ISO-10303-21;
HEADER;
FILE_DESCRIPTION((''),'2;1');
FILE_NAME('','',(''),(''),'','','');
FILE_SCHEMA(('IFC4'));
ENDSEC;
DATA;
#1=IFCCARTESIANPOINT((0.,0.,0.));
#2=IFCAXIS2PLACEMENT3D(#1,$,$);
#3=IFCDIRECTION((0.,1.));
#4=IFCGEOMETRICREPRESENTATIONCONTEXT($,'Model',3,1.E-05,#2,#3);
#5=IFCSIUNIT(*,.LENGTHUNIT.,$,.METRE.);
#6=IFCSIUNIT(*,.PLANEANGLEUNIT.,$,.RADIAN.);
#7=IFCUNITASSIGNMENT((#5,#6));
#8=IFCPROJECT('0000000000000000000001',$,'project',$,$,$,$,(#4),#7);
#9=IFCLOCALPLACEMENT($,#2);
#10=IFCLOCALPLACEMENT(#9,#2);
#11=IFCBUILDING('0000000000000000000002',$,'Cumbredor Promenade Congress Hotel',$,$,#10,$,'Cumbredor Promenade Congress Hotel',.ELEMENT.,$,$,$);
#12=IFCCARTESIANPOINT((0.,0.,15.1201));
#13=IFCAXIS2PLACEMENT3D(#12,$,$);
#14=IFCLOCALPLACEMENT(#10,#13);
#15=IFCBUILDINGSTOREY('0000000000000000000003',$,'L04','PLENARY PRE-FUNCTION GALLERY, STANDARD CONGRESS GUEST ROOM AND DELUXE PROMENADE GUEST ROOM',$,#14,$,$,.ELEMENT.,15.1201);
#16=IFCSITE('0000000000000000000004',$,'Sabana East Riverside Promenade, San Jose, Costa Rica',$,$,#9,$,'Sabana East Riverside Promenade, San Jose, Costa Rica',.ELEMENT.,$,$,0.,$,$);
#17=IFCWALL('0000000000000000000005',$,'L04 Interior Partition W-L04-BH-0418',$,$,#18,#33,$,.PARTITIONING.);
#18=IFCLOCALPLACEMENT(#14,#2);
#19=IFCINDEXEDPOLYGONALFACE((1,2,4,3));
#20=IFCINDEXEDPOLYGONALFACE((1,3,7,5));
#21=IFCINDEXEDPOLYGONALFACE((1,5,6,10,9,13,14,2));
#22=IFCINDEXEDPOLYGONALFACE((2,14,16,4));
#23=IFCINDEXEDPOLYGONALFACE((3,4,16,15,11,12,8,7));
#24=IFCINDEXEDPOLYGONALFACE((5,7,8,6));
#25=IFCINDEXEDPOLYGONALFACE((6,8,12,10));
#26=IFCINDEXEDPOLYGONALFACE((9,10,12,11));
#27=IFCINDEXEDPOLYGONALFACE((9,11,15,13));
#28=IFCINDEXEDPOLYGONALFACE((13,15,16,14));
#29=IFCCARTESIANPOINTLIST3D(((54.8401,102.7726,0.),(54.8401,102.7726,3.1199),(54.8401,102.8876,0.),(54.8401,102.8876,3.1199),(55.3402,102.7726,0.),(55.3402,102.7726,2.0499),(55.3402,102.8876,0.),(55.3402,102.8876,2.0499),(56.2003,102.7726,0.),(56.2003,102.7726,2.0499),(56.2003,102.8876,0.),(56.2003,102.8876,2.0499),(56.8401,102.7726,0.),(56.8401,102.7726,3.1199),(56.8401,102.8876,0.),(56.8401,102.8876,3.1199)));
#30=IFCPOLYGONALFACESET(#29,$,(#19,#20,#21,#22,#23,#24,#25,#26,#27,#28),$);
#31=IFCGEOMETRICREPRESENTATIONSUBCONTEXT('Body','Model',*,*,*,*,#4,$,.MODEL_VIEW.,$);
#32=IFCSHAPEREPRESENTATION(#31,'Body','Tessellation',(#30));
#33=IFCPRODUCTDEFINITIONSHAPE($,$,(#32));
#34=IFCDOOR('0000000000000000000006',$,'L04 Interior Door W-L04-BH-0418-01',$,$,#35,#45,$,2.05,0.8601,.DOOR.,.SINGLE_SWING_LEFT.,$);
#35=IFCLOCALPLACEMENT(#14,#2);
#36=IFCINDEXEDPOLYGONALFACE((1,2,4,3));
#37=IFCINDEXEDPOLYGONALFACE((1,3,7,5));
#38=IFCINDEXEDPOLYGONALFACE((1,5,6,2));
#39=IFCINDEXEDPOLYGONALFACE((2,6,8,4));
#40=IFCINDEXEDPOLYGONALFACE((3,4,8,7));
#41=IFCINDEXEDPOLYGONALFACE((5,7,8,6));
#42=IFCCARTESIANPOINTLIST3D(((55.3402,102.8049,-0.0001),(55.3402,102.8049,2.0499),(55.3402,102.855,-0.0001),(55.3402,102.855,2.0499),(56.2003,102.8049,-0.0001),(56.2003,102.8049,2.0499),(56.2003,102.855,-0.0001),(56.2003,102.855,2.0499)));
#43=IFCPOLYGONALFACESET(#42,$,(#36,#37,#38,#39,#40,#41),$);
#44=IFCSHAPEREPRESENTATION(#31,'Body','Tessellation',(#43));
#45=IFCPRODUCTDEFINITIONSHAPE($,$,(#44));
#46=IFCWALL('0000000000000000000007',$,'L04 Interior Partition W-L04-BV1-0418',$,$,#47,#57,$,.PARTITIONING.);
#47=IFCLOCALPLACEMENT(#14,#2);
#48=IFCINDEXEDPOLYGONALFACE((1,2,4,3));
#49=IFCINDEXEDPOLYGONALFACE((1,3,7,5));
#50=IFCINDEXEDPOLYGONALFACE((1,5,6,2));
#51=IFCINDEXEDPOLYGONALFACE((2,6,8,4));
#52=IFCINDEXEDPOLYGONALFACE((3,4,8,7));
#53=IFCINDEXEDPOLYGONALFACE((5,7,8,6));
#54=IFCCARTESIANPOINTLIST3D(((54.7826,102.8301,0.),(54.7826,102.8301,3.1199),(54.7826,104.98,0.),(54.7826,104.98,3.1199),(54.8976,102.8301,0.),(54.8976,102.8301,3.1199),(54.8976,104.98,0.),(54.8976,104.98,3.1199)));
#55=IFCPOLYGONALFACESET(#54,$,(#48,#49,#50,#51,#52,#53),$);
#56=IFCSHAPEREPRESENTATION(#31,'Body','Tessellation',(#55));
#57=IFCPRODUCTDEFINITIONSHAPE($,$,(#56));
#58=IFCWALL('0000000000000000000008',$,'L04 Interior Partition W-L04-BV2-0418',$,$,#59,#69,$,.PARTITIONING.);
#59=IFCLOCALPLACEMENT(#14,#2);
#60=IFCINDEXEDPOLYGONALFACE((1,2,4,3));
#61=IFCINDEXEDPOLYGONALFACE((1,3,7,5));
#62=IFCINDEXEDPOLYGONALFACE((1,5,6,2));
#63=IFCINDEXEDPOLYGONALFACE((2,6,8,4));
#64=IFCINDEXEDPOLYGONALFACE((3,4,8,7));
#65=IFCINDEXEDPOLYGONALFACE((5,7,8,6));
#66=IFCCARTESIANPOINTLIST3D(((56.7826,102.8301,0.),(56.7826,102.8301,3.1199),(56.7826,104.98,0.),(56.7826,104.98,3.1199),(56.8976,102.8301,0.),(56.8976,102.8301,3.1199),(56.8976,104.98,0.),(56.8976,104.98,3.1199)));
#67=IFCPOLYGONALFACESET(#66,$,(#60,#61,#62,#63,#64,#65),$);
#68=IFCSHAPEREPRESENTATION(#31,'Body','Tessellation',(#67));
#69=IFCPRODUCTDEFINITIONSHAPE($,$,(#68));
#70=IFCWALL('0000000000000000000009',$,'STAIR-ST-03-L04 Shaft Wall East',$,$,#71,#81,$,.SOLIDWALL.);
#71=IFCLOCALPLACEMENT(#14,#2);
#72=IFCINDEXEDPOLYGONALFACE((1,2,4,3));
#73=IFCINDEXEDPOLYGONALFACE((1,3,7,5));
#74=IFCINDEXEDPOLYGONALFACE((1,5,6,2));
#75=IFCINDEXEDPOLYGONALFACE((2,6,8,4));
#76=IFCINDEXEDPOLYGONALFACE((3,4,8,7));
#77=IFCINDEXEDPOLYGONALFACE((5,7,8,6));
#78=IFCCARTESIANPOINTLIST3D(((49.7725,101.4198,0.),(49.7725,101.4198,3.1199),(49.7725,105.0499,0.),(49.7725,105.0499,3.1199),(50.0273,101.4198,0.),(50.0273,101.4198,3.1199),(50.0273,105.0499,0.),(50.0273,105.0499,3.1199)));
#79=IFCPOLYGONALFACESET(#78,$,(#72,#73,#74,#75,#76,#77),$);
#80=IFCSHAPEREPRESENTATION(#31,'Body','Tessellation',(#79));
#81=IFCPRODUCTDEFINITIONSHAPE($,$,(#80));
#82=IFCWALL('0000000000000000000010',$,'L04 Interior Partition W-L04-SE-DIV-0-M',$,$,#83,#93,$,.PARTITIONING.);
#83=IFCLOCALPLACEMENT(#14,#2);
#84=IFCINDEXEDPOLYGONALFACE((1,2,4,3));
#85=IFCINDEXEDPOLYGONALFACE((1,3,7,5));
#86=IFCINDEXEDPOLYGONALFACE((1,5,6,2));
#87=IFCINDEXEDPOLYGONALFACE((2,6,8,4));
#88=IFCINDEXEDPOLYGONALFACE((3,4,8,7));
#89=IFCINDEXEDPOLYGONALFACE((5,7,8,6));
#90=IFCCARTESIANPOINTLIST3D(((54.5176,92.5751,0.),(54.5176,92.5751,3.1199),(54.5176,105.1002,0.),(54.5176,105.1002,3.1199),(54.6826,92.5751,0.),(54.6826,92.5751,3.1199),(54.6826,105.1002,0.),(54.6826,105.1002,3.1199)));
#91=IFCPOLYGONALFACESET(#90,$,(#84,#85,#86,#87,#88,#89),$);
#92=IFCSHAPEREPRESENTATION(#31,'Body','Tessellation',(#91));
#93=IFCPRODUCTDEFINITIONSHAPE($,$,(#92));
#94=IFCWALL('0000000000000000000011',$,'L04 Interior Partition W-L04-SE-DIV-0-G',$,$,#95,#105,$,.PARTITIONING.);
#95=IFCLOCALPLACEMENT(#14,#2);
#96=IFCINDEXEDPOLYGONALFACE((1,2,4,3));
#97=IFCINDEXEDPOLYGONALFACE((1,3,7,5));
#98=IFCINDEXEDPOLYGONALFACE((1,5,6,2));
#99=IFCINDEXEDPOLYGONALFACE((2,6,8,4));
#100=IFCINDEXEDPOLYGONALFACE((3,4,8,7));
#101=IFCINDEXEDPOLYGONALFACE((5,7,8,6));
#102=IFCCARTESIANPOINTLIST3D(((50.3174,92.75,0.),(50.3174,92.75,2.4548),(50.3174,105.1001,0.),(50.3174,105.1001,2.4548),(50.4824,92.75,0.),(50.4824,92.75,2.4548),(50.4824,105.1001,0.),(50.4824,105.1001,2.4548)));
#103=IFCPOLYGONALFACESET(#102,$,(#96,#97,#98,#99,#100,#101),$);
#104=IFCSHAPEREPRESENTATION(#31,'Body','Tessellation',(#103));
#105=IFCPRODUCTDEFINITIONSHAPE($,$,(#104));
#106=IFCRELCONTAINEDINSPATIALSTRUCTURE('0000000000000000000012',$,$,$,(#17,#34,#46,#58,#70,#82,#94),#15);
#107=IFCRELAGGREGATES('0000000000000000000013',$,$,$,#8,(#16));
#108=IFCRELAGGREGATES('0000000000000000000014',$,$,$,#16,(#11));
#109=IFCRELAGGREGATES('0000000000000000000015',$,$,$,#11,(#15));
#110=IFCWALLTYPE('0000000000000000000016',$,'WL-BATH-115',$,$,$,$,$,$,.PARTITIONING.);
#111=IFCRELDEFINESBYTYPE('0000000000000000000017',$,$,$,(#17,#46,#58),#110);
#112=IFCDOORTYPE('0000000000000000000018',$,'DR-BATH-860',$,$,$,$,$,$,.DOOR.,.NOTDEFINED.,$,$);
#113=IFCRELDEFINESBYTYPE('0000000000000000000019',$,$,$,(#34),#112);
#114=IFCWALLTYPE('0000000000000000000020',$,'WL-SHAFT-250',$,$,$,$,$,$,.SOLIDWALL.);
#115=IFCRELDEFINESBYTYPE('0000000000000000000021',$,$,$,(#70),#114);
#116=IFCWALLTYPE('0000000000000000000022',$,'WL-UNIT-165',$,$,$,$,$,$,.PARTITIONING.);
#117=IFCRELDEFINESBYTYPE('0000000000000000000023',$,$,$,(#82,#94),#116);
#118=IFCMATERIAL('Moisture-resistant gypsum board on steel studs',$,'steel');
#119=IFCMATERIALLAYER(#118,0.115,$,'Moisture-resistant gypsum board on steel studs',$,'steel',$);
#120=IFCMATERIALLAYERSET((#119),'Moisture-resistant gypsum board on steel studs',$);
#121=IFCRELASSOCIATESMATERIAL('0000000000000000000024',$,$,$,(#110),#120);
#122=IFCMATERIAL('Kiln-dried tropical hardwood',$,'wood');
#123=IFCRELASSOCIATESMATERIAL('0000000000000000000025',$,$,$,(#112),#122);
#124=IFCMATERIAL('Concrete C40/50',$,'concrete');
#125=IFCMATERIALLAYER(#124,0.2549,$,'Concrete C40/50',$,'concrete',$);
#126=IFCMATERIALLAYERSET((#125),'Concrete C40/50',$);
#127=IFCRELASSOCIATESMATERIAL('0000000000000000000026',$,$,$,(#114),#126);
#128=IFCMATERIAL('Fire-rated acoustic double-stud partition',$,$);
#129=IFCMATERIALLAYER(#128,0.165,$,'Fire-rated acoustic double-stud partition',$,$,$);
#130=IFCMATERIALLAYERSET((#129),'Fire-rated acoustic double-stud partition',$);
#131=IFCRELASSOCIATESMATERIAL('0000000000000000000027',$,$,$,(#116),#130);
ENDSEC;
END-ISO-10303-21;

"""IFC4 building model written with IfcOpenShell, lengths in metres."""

from ifc_helpers import new_model, si_unit, direction, frame, frame_2d, origin, place, context, subcontext, project, spatial, rectangle, extrude, material, layer, layer_set, type_object, element, fill, save


model = new_model("IFC4")

# Units and contexts
model_context = context("Model", 3, precision=1e-05, world=origin(), true_north=direction((0.0, 1.0)))
body_context = subcontext(model_context, "Body", "Model", "MODEL_VIEW")
ifc_project = project(units=[si_unit("LENGTHUNIT", "METRE"), si_unit("PLANEANGLEUNIT", "RADIAN")], contexts=[model_context])

# Site, building, storey
site_placement = place(None, origin())
site = spatial("IfcSite", under=ifc_project, at=site_placement, Name="Sabana East Riverside Promenade, San Jose, Costa Rica", LongName="Sabana East Riverside Promenade, San Jose, Costa Rica", CompositionType="ELEMENT", RefElevation=0.0)
building_placement = place(site_placement, origin())
building = spatial("IfcBuilding", under=site, at=building_placement, Name="Cumbredor Promenade Congress Hotel", LongName="Cumbredor Promenade Congress Hotel", CompositionType="ELEMENT")
storey_placement = place(building_placement, frame((0.0, 0.0, 15.1201)))
storey = spatial("IfcBuildingStorey", under=building, at=storey_placement, Name="L04", Description="PLENARY PRE-FUNCTION GALLERY, STANDARD CONGRESS GUEST ROOM AND DELUXE PROMENADE GUEST ROOM", CompositionType="ELEMENT", Elevation=15.1201)

# Shared definitions
ifc_material_1 = material(Name="Concrete C40/50", Category="concrete")

# Shared definitions
ifc_material_2 = material(Name="Moisture-resistant gypsum board on steel studs", Category="steel")
ifc_layer_1 = layer(ifc_material_2, 0.115, Name="Moisture-resistant gypsum board on steel studs", Category="steel")
ifc_layer_set_1 = layer_set([ifc_layer_1], Name="Moisture-resistant gypsum board on steel studs")
wall_type_1 = type_object("IfcWallType", Name="WL-BATH-115", PredefinedType="PARTITIONING", material=ifc_layer_set_1)

# Wall, opening, door
wall_1_placement = place(storey_placement, frame((54.8401, 102.8301, 0.0), z_axis=(0.0, 0.0, 1.0), x_axis=(1.0, 0.0, 0.0)))
wall_1 = element("IfcWall", 1, at=wall_1_placement, inside=storey, type_object=wall_type_1, Name="L04 Interior Partition W-L04-BH-0418", PredefinedType="PARTITIONING", context=body_context, shape_type="SweptSolid", body=[
    extrude(rectangle(XDim=2.0, YDim=0.115, at=frame_2d((1.0, 0.0))), origin(), (0.0, 0.0, 1.0), 3.1199),
])
opening_1_placement = place(wall_1_placement, frame((0.5, 0.0, 0.0)))
opening_1 = element("IfcOpeningElement", 2, at=opening_1_placement, cuts=wall_1, PredefinedType="OPENING", context=body_context, shape_type="SweptSolid", body=[
    extrude(rectangle(XDim=0.8601, YDim=2.05, at=frame_2d((0.4302, 1.0249))), frame((0.0, 0.0674, 0.0), z_axis=(0.0, -1.0, 0.0), x_axis=(1.0, 0.0, 0.0)), (0.0, 0.0, 1.0), 0.135),
])
ifc_material_3 = material(Name="Kiln-dried tropical hardwood", Category="wood")
door_type_1 = type_object("IfcDoorType", Name="DR-BATH-860", OperationType="NOTDEFINED", PredefinedType="DOOR", material=ifc_material_3)
door_1_placement = place(opening_1_placement, origin())
door_1 = element("IfcDoor", 3, at=door_1_placement, inside=storey, type_object=door_type_1, Name="L04 Interior Door W-L04-BH-0418-01", OperationType="SINGLE_SWING_LEFT", OverallHeight=2.05, OverallWidth=0.8601, PredefinedType="DOOR", context=body_context, shape_type="SweptSolid", body=[
    extrude(rectangle(XDim=0.8601, YDim=2.05, at=frame_2d((0.4302, 1.0249))), frame((0.0, 0.0249, 0.0), z_axis=(0.0, -1.0, 0.0), x_axis=(1.0, 0.0, 0.0)), (0.0, 0.0, 1.0), 0.05),
])
fill(opening_1, door_1)

# Walls
for number, where, z_axis, x_axis, name in (
    (4, (54.8401, 102.8301, 0.0), (0.0, 0.0, 1.0), (0.0, 1.0, 0.0), "L04 Interior Partition W-L04-BV1-0418"),
    (5, (56.8401, 102.8301, 0.0), (0.0, 0.0, 1.0), (0.0, 1.0, 0.0), "L04 Interior Partition W-L04-BV2-0418"),
):
    element("IfcWall", number, at=place(storey_placement, frame(where, z_axis=z_axis, x_axis=x_axis)), inside=storey, type_object=wall_type_1, Name=name, PredefinedType="PARTITIONING", context=body_context, shape_type="SweptSolid", body=[
        extrude(rectangle(XDim=2.1499, YDim=0.115, at=frame_2d((1.075, 0.0))), origin(), (0.0, 0.0, 1.0), 3.1199),
    ])

# Walls
ifc_layer_2 = layer(ifc_material_1, 0.2549, Name="Concrete C40/50", Category="concrete")
ifc_layer_set_2 = layer_set([ifc_layer_2], Name="Concrete C40/50")
wall_type_2 = type_object("IfcWallType", Name="WL-SHAFT-250", PredefinedType="SOLIDWALL", material=ifc_layer_set_2)
wall_2_placement = place(storey_placement, frame((49.8999, 101.4199, 0.0), z_axis=(0.0, 0.0, 1.0), x_axis=(0.0, 1.0, 0.0)))
element("IfcWall", 6, at=wall_2_placement, inside=storey, type_object=wall_type_2, Name="STAIR-ST-03-L04 Shaft Wall East", PredefinedType="SOLIDWALL", context=body_context, shape_type="SweptSolid", body=[
    extrude(rectangle(XDim=3.6301, YDim=0.2549, at=frame_2d((1.8149, 0.0))), origin(), (0.0, 0.0, 1.0), 3.1199),
])
ifc_material_4 = material(Name="Fire-rated acoustic double-stud partition")
ifc_layer_3 = layer(ifc_material_4, 0.165, Name="Fire-rated acoustic double-stud partition")
ifc_layer_set_3 = layer_set([ifc_layer_3], Name="Fire-rated acoustic double-stud partition")
wall_type_3 = type_object("IfcWallType", Name="WL-UNIT-165", PredefinedType="PARTITIONING", material=ifc_layer_set_3)
wall_3_placement = place(storey_placement, frame((54.6001, 92.575, 0.0), z_axis=(0.0, 0.0, 1.0), x_axis=(0.0, 1.0, 0.0)))
element("IfcWall", 7, at=wall_3_placement, inside=storey, type_object=wall_type_3, Name="L04 Interior Partition W-L04-SE-DIV-0-M", PredefinedType="PARTITIONING", context=body_context, shape_type="SweptSolid", body=[
    extrude(rectangle(XDim=12.5251, YDim=0.165, at=frame_2d((6.2627, 0.0))), origin(), (0.0, 0.0, 1.0), 3.1199),
])
wall_4_placement = place(storey_placement, frame((50.3999, 92.75, 0.0), z_axis=(0.0, 0.0, 1.0), x_axis=(0.0, 1.0, 0.0)))
element("IfcWall", 8, at=wall_4_placement, inside=storey, type_object=wall_type_3, Name="L04 Interior Partition W-L04-SE-DIV-0-G", PredefinedType="PARTITIONING", context=body_context, shape_type="SweptSolid", body=[
    extrude(rectangle(XDim=12.3501, YDim=0.165, at=frame_2d((6.175, 0.0))), origin(), (0.0, 0.0, 1.0), 2.4548),
])

save(model, "model.ifc")
